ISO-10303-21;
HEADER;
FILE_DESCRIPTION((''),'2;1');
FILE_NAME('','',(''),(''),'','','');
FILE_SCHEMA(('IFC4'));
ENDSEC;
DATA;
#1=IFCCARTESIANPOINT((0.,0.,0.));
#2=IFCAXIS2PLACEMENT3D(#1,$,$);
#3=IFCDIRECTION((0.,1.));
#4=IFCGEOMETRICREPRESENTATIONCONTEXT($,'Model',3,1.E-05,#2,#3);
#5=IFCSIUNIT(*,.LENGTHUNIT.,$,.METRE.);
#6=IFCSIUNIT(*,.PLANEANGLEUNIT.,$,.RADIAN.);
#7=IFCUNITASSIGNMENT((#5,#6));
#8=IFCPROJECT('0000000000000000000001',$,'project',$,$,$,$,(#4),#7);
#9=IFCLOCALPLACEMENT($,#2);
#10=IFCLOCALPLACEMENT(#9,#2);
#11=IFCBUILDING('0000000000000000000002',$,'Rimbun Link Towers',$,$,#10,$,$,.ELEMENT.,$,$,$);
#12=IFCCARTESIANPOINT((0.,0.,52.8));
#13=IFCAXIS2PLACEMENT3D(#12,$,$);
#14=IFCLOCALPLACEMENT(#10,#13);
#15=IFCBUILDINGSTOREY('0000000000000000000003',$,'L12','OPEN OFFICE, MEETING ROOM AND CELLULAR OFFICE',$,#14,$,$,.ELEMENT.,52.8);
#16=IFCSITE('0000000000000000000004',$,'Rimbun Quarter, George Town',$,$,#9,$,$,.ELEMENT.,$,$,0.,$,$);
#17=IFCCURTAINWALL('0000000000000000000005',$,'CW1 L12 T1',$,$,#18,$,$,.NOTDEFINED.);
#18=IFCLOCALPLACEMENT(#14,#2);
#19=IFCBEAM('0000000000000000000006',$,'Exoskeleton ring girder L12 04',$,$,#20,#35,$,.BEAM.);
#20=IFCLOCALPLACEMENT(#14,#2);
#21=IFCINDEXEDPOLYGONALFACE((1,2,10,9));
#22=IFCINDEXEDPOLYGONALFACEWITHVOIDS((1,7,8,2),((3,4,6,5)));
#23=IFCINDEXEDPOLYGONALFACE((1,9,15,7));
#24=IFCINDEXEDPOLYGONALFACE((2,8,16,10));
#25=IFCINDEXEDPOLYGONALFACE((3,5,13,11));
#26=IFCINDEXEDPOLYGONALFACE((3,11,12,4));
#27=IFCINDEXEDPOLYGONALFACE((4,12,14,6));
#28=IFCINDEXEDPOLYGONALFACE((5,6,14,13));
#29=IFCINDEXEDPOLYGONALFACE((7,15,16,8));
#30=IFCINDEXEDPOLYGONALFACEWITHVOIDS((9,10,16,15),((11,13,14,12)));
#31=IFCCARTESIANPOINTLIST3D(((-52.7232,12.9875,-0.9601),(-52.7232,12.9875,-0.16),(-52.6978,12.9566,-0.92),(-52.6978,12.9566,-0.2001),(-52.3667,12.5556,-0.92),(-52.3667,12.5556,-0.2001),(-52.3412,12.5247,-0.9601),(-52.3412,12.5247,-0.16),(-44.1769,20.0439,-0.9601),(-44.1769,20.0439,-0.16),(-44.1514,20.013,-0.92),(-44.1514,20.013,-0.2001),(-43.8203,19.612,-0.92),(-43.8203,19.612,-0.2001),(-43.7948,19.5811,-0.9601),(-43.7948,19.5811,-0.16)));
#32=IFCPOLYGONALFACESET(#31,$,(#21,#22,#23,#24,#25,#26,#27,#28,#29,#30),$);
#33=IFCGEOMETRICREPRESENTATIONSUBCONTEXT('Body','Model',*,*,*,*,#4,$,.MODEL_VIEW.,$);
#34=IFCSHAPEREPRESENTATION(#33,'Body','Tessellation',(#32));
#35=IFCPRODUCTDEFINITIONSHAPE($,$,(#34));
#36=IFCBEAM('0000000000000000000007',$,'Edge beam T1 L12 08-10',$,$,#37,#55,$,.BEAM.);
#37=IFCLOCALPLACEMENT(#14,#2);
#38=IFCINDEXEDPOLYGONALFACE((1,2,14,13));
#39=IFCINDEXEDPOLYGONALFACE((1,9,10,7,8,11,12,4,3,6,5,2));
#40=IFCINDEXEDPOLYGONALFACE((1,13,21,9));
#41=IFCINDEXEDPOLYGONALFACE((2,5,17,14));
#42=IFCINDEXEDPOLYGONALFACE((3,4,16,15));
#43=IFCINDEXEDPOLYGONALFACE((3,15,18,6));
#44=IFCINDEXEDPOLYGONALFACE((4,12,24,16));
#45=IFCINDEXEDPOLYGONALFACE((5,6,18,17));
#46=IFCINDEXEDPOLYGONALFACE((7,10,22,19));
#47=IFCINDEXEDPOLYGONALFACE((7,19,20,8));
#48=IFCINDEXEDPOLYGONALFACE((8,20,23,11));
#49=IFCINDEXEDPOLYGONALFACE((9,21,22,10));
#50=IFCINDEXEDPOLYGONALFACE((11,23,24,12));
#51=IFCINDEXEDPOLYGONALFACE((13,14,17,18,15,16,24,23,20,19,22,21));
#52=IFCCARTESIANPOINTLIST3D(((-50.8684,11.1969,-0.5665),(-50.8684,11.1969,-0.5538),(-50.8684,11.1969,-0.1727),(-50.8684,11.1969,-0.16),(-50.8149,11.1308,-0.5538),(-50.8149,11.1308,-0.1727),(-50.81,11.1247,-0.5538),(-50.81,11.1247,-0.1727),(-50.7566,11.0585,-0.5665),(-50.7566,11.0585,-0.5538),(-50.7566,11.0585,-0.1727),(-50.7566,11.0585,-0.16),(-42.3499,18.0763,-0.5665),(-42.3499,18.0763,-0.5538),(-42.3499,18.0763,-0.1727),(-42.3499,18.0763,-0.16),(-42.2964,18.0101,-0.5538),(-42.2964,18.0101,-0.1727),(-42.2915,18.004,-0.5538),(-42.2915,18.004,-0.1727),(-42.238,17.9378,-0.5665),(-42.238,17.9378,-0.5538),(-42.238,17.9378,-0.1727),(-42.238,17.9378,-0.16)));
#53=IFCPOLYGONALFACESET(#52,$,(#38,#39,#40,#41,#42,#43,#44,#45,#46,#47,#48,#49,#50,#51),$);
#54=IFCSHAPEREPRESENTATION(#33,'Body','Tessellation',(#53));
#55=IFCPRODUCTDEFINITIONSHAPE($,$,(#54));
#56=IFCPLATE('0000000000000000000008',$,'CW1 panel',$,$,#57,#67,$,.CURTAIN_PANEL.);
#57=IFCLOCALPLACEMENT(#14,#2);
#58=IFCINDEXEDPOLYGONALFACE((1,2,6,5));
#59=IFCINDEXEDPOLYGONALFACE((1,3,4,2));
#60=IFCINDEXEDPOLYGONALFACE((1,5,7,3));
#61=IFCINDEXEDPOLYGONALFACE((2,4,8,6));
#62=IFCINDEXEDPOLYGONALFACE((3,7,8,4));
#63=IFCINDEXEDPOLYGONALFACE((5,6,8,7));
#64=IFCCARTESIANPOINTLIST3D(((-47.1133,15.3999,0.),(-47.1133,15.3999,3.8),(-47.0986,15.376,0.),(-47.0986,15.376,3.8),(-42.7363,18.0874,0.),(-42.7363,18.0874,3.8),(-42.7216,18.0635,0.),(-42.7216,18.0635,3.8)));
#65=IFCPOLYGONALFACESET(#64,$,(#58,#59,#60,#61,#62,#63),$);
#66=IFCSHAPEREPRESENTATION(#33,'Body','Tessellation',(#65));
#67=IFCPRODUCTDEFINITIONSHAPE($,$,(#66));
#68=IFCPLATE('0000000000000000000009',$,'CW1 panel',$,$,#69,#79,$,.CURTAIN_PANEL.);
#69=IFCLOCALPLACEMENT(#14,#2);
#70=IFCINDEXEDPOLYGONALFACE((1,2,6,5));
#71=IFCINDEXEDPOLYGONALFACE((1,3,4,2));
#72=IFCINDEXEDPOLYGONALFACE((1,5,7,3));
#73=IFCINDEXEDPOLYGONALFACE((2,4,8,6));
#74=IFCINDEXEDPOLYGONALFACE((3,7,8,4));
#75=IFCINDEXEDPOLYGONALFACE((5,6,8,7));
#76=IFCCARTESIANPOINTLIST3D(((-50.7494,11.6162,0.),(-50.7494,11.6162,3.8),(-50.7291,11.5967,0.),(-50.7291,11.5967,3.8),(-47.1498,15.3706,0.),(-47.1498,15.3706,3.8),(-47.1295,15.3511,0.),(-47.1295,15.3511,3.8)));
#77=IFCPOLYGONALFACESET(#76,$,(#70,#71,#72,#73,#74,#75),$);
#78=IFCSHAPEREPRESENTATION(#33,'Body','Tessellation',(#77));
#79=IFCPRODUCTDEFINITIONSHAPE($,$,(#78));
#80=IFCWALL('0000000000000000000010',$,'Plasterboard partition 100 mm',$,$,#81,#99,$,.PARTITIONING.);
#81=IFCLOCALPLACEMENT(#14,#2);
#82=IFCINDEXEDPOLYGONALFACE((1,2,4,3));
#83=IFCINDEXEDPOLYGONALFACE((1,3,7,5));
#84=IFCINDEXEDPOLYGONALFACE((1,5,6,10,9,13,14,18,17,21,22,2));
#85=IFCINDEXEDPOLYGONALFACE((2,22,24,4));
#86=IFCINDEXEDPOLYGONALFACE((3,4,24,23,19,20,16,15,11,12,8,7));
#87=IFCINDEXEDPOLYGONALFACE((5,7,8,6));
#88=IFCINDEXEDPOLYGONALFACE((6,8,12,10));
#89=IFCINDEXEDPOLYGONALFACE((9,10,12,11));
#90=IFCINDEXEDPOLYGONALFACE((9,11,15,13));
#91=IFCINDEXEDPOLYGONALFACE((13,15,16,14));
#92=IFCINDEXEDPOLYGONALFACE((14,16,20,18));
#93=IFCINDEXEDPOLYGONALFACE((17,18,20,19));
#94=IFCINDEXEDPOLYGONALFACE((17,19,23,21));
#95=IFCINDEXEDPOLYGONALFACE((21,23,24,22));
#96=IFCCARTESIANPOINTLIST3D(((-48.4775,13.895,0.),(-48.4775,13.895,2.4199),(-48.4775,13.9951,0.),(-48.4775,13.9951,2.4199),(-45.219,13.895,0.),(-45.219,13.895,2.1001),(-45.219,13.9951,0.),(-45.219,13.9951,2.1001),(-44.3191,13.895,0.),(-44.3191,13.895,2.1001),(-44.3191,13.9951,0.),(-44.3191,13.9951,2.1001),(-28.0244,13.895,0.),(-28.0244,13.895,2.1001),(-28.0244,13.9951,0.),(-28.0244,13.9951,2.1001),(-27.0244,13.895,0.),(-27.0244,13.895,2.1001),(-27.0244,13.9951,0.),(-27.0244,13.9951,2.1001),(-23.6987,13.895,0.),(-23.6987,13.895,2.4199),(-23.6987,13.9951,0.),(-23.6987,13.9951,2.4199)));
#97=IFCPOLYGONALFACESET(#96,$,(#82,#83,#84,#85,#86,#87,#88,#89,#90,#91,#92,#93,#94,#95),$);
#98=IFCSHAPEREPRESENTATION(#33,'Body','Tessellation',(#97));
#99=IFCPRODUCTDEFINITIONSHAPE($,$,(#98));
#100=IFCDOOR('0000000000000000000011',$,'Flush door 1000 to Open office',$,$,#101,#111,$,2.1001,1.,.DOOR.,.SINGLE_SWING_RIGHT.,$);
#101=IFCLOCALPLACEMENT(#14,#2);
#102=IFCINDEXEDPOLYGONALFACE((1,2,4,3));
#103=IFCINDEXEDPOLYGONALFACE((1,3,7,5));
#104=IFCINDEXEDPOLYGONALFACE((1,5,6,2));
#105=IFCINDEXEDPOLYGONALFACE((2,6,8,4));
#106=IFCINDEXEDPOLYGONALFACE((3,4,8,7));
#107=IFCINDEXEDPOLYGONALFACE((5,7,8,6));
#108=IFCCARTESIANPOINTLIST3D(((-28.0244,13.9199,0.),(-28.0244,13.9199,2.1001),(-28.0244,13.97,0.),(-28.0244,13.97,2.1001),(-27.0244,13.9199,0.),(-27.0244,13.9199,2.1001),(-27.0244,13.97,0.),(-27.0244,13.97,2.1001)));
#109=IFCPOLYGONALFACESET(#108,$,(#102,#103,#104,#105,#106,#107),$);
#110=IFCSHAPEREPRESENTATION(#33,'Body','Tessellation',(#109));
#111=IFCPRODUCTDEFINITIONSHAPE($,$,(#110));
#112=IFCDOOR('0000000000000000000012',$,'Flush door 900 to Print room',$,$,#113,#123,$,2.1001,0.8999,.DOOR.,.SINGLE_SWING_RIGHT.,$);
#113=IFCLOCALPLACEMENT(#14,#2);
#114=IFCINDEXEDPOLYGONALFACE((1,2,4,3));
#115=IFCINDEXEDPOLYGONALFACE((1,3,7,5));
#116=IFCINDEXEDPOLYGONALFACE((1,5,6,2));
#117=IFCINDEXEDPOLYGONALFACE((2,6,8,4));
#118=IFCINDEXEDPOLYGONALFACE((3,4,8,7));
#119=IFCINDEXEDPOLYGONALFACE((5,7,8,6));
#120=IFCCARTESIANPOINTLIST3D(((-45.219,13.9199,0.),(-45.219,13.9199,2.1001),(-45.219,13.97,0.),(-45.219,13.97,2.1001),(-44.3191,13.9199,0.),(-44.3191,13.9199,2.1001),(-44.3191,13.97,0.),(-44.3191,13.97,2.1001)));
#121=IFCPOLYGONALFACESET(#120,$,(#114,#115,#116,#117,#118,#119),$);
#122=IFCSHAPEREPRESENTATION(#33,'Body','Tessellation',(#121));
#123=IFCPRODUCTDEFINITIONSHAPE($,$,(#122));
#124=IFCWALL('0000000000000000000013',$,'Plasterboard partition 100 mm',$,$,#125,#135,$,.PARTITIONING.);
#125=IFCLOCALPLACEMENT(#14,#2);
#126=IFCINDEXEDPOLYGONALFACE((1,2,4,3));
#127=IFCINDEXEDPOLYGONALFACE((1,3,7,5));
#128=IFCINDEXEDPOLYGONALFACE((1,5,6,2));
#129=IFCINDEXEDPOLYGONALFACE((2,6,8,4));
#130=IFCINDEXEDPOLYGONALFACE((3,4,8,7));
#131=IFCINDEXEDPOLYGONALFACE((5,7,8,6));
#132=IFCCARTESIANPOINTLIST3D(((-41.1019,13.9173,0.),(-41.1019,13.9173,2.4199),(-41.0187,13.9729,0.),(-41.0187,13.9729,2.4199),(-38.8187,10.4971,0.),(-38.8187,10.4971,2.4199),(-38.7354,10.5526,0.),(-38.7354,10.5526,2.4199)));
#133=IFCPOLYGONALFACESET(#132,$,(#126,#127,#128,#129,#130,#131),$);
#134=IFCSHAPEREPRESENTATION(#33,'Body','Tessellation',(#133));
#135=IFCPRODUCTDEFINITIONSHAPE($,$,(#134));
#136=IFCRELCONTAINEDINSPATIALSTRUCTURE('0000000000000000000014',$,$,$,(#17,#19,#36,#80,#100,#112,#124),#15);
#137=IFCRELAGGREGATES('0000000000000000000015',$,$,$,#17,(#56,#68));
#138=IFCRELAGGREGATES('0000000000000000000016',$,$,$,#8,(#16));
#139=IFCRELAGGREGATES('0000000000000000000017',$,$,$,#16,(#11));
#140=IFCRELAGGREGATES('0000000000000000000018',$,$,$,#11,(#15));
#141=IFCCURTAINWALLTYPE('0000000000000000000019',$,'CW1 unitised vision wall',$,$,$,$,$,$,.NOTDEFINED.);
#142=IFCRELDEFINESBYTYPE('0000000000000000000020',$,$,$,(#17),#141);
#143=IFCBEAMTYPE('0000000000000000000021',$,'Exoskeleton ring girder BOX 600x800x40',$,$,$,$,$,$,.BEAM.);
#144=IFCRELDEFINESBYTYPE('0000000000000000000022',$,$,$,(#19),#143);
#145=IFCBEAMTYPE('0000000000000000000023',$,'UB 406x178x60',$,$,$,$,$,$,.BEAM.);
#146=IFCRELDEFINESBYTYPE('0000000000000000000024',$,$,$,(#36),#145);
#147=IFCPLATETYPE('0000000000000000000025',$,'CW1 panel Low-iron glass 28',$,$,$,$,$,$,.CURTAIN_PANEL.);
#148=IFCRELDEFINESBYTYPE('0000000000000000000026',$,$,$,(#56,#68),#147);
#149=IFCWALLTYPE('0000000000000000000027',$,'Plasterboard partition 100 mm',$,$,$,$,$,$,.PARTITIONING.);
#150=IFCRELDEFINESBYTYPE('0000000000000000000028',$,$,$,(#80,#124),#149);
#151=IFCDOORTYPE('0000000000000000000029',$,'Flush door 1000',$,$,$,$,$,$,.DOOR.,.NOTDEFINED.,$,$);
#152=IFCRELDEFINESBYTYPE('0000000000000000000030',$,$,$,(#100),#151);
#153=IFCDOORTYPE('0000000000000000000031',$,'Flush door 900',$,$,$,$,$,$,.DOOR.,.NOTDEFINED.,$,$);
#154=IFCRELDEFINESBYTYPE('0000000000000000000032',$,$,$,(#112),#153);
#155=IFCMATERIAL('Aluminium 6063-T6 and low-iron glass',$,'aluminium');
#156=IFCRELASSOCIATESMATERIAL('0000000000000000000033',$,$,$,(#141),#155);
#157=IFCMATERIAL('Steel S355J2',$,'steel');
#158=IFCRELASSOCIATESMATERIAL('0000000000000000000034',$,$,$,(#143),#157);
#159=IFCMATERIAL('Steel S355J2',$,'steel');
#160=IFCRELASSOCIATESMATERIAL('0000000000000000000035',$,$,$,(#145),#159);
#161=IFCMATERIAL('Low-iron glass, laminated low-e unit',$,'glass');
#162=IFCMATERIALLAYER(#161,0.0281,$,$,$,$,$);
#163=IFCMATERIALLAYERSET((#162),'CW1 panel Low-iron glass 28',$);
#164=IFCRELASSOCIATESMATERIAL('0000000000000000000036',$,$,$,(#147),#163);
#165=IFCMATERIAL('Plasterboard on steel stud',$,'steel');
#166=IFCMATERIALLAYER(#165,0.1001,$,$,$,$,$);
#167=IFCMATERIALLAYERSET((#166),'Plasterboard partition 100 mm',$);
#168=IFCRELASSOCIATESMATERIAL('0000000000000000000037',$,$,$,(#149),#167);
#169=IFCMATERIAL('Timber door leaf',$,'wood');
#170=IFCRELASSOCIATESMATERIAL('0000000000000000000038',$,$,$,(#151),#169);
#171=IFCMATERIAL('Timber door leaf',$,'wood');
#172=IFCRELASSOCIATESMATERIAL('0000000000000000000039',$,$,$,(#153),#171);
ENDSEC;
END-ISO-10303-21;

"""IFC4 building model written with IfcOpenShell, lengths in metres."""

from ifc_helpers import new_model, si_unit, direction, frame, frame_2d, origin, origin_2d, place, context, subcontext, project, spatial, rectangle, hollow_rectangle, i_section, extrude, material, layer, layer_set, material_profile, profile_set, type_object, element, fill, aggregate, save


model = new_model("IFC4")

# Units and contexts
model_context = context("Model", 3, precision=1e-05, world=origin(), true_north=direction((0.0, 1.0)))
body_context = subcontext(model_context, "Body", "Model", "MODEL_VIEW")
ifc_project = project(units=[si_unit("LENGTHUNIT", "METRE"), si_unit("PLANEANGLEUNIT", "RADIAN")], contexts=[model_context])

# Site, building, storey
site_placement = place(None, origin())
site = spatial("IfcSite", under=ifc_project, at=site_placement, Name="Rimbun Quarter, George Town", CompositionType="ELEMENT", RefElevation=0.0)
building_placement = place(site_placement, origin())
building = spatial("IfcBuilding", under=site, at=building_placement, Name="Rimbun Link Towers", CompositionType="ELEMENT")
storey_placement = place(building_placement, frame((0.0, 0.0, 52.8)))
storey = spatial("IfcBuildingStorey", under=building, at=storey_placement, Name="L12", Description="OPEN OFFICE, MEETING ROOM AND CELLULAR OFFICE", CompositionType="ELEMENT", Elevation=52.8)

# Curtain wall
ifc_material_1 = material(Name="Aluminium 6063-T6 and low-iron glass", Category="aluminium")
curtain_wall_type = type_object("IfcCurtainWallType", Name="CW1 unitised vision wall", PredefinedType="NOTDEFINED", material=ifc_material_1)
curtain_wall_placement = place(storey_placement, origin())
curtain_wall = element("IfcCurtainWall", 1, at=curtain_wall_placement, inside=storey, type_object=curtain_wall_type, Name="CW1 L12 T1", PredefinedType="NOTDEFINED")

# Beams
ifc_material_2 = material(Name="Steel S355J2", Category="steel")
ifc_material_profile_1 = material_profile(ifc_material_2, hollow_rectangle(XDim=0.6001, YDim=0.8, WallThickness=0.04, at=origin_2d()), Name="Exoskeleton ring girder BOX 600x800x40")
ifc_profile_set_1 = profile_set([ifc_material_profile_1], Name="Steel S355J2")
beam_type_1 = type_object("IfcBeamType", Name="Exoskeleton ring girder BOX 600x800x40", PredefinedType="BEAM", material=ifc_profile_set_1)
beam_1_placement = place(storey_placement, frame((-43.9858, 19.8125, -0.5601), z_axis=(-0.771124, -0.636685, 0.0), x_axis=(0.636685, -0.771124, 0.0)))
element("IfcBeam", 2, at=beam_1_placement, inside=storey, type_object=beam_type_1, Name="Exoskeleton ring girder L12 04", PredefinedType="BEAM", context=body_context, shape_type="SweptSolid", body=[
    extrude(hollow_rectangle(XDim=0.6001, YDim=0.8, WallThickness=0.04, at=origin_2d()), origin(), (0.0, 0.0, 1.0), 11.083),
])
ifc_material_3 = material(Name="Steel S355J2", Category="steel")
ifc_material_profile_2 = material_profile(ifc_material_3, i_section(OverallWidth=0.178, OverallDepth=0.4065, WebThickness=0.0078, FlangeThickness=0.0127, at=origin_2d()), Name="UB 406x178x60")
ifc_profile_set_2 = profile_set([ifc_material_profile_2], Name="Steel S355J2")
beam_type_2 = type_object("IfcBeamType", Name="UB 406x178x60", PredefinedType="BEAM", material=ifc_profile_set_2)
beam_2_placement = place(storey_placement, frame((-42.2939, 18.0071, -0.3633), z_axis=(-0.777985, -0.628283, 0.0), x_axis=(0.628283, -0.777985, 0.0)))
element("IfcBeam", 3, at=beam_2_placement, inside=storey, type_object=beam_type_2, Name="Edge beam T1 L12 08-10", PredefinedType="BEAM", context=body_context, shape_type="SweptSolid", body=[
    extrude(i_section(OverallWidth=0.178, OverallDepth=0.4065, WebThickness=0.0078, FlangeThickness=0.0127, at=origin_2d()), origin(), (0.0, 0.0, 1.0), 10.9495),
])

# Plates
ifc_material_4 = material(Name="Low-iron glass, laminated low-e unit", Category="glass")
ifc_layer_1 = layer(ifc_material_4, 0.0281)
ifc_layer_set_1 = layer_set([ifc_layer_1], Name="CW1 panel Low-iron glass 28")
plate_type = type_object("IfcPlateType", Name="CW1 panel Low-iron glass 28", PredefinedType="CURTAIN_PANEL", material=ifc_layer_set_1)
plate_1_placement = place(storey_placement, frame((-44.9175, 16.7317, 0.0), z_axis=(0.0, 0.0, 1.0), x_axis=(0.852183, 0.523243, 0.0)))
plate_1 = element("IfcPlate", 4, at=plate_1_placement, type_object=plate_type, Name="CW1 panel", PredefinedType="CURTAIN_PANEL", context=body_context, shape_type="SweptSolid", body=[
    extrude(rectangle(XDim=5.1362, YDim=0.0281, at=origin_2d()), origin(), (0.0, 0.0, 1.0), 3.8),
])
plate_2_placement = place(storey_placement, frame((-48.9395, 13.4836, 0.0), z_axis=(0.0, 0.0, 1.0), x_axis=(0.692065, 0.721835, 0.0)))
plate_2 = element("IfcPlate", 5, at=plate_2_placement, type_object=plate_type, Name="CW1 panel", PredefinedType="CURTAIN_PANEL", context=body_context, shape_type="SweptSolid", body=[
    extrude(rectangle(XDim=5.2012, YDim=0.0281, at=origin_2d()), origin(), (0.0, 0.0, 1.0), 3.8),
])
aggregate(curtain_wall, [plate_1, plate_2])

# Wall, openings, doors
ifc_material_5 = material(Name="Plasterboard on steel stud", Category="steel")
ifc_layer_2 = layer(ifc_material_5, 0.1001)
ifc_layer_set_2 = layer_set([ifc_layer_2], Name="Plasterboard partition 100 mm")
wall_type = type_object("IfcWallType", Name="Plasterboard partition 100 mm", PredefinedType="PARTITIONING", material=ifc_layer_set_2)
wall_1_placement = place(storey_placement, frame((-48.4775, 13.9451, 0.0), z_axis=(0.0, 0.0, 1.0), x_axis=(1.0, 0.0, 0.0)))
wall_1 = element("IfcWall", 6, at=wall_1_placement, inside=storey, type_object=wall_type, Name="Plasterboard partition 100 mm", PredefinedType="PARTITIONING", context=body_context, shape_type="SweptSolid", body=[
    extrude(rectangle(XDim=24.7788, YDim=0.1001, at=frame_2d((12.3894, 0.0))), origin(), (0.0, 0.0, 1.0), 2.4199),
])
opening_1_placement = place(wall_1_placement, frame((20.4531, 0.0, 0.0)))
opening_1 = element("IfcOpeningElement", 7, at=opening_1_placement, cuts=wall_1, PredefinedType="OPENING", context=body_context, shape_type="SweptSolid", body=[
    extrude(rectangle(XDim=1.0, YDim=2.1001, at=frame_2d((0.5, 1.05))), frame((0.0, 0.0601, 0.0), z_axis=(0.0, -1.0, 0.0), x_axis=(1.0, 0.0, 0.0)), (0.0, 0.0, 1.0), 0.1201),
])
opening_2_placement = place(wall_1_placement, frame((3.2585, 0.0, 0.0)))
opening_2 = element("IfcOpeningElement", 8, at=opening_2_placement, cuts=wall_1, PredefinedType="OPENING", context=body_context, shape_type="SweptSolid", body=[
    extrude(rectangle(XDim=0.8999, YDim=2.1001, at=frame_2d((0.45, 1.05))), frame((0.0, 0.0601, 0.0), z_axis=(0.0, -1.0, 0.0), x_axis=(1.0, 0.0, 0.0)), (0.0, 0.0, 1.0), 0.1201),
])
ifc_material_6 = material(Name="Timber door leaf", Category="wood")
door_type_1 = type_object("IfcDoorType", Name="Flush door 1000", OperationType="NOTDEFINED", PredefinedType="DOOR", material=ifc_material_6)
door_1_placement = place(opening_1_placement, origin())
door_1 = element("IfcDoor", 9, at=door_1_placement, inside=storey, type_object=door_type_1, Name="Flush door 1000 to Open office", OperationType="SINGLE_SWING_RIGHT", OverallHeight=2.1001, OverallWidth=1.0, PredefinedType="DOOR", context=body_context, shape_type="SweptSolid", body=[
    extrude(rectangle(XDim=1.0, YDim=2.1001, at=frame_2d((0.5, 1.05))), frame((0.0, 0.0249, 0.0), z_axis=(0.0, -1.0, 0.0), x_axis=(1.0, 0.0, 0.0)), (0.0, 0.0, 1.0), 0.05),
])
fill(opening_1, door_1)
ifc_material_7 = material(Name="Timber door leaf", Category="wood")
door_type_2 = type_object("IfcDoorType", Name="Flush door 900", OperationType="NOTDEFINED", PredefinedType="DOOR", material=ifc_material_7)
door_2_placement = place(opening_2_placement, origin())
door_2 = element("IfcDoor", 10, at=door_2_placement, inside=storey, type_object=door_type_2, Name="Flush door 900 to Print room", OperationType="SINGLE_SWING_RIGHT", OverallHeight=2.1001, OverallWidth=0.8999, PredefinedType="DOOR", context=body_context, shape_type="SweptSolid", body=[
    extrude(rectangle(XDim=0.8999, YDim=2.1001, at=frame_2d((0.45, 1.05))), frame((0.0, 0.0249, 0.0), z_axis=(0.0, -1.0, 0.0), x_axis=(1.0, 0.0, 0.0)), (0.0, 0.0, 1.0), 0.05),
])
fill(opening_2, door_2)

# Wall
wall_2_placement = place(storey_placement, frame((-41.0603, 13.9451, 0.0), z_axis=(0.0, 0.0, 1.0), x_axis=(0.555221, -0.831703, 0.0)))
element("IfcWall", 11, at=wall_2_placement, inside=storey, type_object=wall_type, Name="Plasterboard partition 100 mm", PredefinedType="PARTITIONING", context=body_context, shape_type="SweptSolid", body=[
    extrude(rectangle(XDim=4.1123, YDim=0.1001, at=frame_2d((2.0562, 0.0))), origin(), (0.0, 0.0, 1.0), 2.4199),
])

save(model, "model.ifc")
